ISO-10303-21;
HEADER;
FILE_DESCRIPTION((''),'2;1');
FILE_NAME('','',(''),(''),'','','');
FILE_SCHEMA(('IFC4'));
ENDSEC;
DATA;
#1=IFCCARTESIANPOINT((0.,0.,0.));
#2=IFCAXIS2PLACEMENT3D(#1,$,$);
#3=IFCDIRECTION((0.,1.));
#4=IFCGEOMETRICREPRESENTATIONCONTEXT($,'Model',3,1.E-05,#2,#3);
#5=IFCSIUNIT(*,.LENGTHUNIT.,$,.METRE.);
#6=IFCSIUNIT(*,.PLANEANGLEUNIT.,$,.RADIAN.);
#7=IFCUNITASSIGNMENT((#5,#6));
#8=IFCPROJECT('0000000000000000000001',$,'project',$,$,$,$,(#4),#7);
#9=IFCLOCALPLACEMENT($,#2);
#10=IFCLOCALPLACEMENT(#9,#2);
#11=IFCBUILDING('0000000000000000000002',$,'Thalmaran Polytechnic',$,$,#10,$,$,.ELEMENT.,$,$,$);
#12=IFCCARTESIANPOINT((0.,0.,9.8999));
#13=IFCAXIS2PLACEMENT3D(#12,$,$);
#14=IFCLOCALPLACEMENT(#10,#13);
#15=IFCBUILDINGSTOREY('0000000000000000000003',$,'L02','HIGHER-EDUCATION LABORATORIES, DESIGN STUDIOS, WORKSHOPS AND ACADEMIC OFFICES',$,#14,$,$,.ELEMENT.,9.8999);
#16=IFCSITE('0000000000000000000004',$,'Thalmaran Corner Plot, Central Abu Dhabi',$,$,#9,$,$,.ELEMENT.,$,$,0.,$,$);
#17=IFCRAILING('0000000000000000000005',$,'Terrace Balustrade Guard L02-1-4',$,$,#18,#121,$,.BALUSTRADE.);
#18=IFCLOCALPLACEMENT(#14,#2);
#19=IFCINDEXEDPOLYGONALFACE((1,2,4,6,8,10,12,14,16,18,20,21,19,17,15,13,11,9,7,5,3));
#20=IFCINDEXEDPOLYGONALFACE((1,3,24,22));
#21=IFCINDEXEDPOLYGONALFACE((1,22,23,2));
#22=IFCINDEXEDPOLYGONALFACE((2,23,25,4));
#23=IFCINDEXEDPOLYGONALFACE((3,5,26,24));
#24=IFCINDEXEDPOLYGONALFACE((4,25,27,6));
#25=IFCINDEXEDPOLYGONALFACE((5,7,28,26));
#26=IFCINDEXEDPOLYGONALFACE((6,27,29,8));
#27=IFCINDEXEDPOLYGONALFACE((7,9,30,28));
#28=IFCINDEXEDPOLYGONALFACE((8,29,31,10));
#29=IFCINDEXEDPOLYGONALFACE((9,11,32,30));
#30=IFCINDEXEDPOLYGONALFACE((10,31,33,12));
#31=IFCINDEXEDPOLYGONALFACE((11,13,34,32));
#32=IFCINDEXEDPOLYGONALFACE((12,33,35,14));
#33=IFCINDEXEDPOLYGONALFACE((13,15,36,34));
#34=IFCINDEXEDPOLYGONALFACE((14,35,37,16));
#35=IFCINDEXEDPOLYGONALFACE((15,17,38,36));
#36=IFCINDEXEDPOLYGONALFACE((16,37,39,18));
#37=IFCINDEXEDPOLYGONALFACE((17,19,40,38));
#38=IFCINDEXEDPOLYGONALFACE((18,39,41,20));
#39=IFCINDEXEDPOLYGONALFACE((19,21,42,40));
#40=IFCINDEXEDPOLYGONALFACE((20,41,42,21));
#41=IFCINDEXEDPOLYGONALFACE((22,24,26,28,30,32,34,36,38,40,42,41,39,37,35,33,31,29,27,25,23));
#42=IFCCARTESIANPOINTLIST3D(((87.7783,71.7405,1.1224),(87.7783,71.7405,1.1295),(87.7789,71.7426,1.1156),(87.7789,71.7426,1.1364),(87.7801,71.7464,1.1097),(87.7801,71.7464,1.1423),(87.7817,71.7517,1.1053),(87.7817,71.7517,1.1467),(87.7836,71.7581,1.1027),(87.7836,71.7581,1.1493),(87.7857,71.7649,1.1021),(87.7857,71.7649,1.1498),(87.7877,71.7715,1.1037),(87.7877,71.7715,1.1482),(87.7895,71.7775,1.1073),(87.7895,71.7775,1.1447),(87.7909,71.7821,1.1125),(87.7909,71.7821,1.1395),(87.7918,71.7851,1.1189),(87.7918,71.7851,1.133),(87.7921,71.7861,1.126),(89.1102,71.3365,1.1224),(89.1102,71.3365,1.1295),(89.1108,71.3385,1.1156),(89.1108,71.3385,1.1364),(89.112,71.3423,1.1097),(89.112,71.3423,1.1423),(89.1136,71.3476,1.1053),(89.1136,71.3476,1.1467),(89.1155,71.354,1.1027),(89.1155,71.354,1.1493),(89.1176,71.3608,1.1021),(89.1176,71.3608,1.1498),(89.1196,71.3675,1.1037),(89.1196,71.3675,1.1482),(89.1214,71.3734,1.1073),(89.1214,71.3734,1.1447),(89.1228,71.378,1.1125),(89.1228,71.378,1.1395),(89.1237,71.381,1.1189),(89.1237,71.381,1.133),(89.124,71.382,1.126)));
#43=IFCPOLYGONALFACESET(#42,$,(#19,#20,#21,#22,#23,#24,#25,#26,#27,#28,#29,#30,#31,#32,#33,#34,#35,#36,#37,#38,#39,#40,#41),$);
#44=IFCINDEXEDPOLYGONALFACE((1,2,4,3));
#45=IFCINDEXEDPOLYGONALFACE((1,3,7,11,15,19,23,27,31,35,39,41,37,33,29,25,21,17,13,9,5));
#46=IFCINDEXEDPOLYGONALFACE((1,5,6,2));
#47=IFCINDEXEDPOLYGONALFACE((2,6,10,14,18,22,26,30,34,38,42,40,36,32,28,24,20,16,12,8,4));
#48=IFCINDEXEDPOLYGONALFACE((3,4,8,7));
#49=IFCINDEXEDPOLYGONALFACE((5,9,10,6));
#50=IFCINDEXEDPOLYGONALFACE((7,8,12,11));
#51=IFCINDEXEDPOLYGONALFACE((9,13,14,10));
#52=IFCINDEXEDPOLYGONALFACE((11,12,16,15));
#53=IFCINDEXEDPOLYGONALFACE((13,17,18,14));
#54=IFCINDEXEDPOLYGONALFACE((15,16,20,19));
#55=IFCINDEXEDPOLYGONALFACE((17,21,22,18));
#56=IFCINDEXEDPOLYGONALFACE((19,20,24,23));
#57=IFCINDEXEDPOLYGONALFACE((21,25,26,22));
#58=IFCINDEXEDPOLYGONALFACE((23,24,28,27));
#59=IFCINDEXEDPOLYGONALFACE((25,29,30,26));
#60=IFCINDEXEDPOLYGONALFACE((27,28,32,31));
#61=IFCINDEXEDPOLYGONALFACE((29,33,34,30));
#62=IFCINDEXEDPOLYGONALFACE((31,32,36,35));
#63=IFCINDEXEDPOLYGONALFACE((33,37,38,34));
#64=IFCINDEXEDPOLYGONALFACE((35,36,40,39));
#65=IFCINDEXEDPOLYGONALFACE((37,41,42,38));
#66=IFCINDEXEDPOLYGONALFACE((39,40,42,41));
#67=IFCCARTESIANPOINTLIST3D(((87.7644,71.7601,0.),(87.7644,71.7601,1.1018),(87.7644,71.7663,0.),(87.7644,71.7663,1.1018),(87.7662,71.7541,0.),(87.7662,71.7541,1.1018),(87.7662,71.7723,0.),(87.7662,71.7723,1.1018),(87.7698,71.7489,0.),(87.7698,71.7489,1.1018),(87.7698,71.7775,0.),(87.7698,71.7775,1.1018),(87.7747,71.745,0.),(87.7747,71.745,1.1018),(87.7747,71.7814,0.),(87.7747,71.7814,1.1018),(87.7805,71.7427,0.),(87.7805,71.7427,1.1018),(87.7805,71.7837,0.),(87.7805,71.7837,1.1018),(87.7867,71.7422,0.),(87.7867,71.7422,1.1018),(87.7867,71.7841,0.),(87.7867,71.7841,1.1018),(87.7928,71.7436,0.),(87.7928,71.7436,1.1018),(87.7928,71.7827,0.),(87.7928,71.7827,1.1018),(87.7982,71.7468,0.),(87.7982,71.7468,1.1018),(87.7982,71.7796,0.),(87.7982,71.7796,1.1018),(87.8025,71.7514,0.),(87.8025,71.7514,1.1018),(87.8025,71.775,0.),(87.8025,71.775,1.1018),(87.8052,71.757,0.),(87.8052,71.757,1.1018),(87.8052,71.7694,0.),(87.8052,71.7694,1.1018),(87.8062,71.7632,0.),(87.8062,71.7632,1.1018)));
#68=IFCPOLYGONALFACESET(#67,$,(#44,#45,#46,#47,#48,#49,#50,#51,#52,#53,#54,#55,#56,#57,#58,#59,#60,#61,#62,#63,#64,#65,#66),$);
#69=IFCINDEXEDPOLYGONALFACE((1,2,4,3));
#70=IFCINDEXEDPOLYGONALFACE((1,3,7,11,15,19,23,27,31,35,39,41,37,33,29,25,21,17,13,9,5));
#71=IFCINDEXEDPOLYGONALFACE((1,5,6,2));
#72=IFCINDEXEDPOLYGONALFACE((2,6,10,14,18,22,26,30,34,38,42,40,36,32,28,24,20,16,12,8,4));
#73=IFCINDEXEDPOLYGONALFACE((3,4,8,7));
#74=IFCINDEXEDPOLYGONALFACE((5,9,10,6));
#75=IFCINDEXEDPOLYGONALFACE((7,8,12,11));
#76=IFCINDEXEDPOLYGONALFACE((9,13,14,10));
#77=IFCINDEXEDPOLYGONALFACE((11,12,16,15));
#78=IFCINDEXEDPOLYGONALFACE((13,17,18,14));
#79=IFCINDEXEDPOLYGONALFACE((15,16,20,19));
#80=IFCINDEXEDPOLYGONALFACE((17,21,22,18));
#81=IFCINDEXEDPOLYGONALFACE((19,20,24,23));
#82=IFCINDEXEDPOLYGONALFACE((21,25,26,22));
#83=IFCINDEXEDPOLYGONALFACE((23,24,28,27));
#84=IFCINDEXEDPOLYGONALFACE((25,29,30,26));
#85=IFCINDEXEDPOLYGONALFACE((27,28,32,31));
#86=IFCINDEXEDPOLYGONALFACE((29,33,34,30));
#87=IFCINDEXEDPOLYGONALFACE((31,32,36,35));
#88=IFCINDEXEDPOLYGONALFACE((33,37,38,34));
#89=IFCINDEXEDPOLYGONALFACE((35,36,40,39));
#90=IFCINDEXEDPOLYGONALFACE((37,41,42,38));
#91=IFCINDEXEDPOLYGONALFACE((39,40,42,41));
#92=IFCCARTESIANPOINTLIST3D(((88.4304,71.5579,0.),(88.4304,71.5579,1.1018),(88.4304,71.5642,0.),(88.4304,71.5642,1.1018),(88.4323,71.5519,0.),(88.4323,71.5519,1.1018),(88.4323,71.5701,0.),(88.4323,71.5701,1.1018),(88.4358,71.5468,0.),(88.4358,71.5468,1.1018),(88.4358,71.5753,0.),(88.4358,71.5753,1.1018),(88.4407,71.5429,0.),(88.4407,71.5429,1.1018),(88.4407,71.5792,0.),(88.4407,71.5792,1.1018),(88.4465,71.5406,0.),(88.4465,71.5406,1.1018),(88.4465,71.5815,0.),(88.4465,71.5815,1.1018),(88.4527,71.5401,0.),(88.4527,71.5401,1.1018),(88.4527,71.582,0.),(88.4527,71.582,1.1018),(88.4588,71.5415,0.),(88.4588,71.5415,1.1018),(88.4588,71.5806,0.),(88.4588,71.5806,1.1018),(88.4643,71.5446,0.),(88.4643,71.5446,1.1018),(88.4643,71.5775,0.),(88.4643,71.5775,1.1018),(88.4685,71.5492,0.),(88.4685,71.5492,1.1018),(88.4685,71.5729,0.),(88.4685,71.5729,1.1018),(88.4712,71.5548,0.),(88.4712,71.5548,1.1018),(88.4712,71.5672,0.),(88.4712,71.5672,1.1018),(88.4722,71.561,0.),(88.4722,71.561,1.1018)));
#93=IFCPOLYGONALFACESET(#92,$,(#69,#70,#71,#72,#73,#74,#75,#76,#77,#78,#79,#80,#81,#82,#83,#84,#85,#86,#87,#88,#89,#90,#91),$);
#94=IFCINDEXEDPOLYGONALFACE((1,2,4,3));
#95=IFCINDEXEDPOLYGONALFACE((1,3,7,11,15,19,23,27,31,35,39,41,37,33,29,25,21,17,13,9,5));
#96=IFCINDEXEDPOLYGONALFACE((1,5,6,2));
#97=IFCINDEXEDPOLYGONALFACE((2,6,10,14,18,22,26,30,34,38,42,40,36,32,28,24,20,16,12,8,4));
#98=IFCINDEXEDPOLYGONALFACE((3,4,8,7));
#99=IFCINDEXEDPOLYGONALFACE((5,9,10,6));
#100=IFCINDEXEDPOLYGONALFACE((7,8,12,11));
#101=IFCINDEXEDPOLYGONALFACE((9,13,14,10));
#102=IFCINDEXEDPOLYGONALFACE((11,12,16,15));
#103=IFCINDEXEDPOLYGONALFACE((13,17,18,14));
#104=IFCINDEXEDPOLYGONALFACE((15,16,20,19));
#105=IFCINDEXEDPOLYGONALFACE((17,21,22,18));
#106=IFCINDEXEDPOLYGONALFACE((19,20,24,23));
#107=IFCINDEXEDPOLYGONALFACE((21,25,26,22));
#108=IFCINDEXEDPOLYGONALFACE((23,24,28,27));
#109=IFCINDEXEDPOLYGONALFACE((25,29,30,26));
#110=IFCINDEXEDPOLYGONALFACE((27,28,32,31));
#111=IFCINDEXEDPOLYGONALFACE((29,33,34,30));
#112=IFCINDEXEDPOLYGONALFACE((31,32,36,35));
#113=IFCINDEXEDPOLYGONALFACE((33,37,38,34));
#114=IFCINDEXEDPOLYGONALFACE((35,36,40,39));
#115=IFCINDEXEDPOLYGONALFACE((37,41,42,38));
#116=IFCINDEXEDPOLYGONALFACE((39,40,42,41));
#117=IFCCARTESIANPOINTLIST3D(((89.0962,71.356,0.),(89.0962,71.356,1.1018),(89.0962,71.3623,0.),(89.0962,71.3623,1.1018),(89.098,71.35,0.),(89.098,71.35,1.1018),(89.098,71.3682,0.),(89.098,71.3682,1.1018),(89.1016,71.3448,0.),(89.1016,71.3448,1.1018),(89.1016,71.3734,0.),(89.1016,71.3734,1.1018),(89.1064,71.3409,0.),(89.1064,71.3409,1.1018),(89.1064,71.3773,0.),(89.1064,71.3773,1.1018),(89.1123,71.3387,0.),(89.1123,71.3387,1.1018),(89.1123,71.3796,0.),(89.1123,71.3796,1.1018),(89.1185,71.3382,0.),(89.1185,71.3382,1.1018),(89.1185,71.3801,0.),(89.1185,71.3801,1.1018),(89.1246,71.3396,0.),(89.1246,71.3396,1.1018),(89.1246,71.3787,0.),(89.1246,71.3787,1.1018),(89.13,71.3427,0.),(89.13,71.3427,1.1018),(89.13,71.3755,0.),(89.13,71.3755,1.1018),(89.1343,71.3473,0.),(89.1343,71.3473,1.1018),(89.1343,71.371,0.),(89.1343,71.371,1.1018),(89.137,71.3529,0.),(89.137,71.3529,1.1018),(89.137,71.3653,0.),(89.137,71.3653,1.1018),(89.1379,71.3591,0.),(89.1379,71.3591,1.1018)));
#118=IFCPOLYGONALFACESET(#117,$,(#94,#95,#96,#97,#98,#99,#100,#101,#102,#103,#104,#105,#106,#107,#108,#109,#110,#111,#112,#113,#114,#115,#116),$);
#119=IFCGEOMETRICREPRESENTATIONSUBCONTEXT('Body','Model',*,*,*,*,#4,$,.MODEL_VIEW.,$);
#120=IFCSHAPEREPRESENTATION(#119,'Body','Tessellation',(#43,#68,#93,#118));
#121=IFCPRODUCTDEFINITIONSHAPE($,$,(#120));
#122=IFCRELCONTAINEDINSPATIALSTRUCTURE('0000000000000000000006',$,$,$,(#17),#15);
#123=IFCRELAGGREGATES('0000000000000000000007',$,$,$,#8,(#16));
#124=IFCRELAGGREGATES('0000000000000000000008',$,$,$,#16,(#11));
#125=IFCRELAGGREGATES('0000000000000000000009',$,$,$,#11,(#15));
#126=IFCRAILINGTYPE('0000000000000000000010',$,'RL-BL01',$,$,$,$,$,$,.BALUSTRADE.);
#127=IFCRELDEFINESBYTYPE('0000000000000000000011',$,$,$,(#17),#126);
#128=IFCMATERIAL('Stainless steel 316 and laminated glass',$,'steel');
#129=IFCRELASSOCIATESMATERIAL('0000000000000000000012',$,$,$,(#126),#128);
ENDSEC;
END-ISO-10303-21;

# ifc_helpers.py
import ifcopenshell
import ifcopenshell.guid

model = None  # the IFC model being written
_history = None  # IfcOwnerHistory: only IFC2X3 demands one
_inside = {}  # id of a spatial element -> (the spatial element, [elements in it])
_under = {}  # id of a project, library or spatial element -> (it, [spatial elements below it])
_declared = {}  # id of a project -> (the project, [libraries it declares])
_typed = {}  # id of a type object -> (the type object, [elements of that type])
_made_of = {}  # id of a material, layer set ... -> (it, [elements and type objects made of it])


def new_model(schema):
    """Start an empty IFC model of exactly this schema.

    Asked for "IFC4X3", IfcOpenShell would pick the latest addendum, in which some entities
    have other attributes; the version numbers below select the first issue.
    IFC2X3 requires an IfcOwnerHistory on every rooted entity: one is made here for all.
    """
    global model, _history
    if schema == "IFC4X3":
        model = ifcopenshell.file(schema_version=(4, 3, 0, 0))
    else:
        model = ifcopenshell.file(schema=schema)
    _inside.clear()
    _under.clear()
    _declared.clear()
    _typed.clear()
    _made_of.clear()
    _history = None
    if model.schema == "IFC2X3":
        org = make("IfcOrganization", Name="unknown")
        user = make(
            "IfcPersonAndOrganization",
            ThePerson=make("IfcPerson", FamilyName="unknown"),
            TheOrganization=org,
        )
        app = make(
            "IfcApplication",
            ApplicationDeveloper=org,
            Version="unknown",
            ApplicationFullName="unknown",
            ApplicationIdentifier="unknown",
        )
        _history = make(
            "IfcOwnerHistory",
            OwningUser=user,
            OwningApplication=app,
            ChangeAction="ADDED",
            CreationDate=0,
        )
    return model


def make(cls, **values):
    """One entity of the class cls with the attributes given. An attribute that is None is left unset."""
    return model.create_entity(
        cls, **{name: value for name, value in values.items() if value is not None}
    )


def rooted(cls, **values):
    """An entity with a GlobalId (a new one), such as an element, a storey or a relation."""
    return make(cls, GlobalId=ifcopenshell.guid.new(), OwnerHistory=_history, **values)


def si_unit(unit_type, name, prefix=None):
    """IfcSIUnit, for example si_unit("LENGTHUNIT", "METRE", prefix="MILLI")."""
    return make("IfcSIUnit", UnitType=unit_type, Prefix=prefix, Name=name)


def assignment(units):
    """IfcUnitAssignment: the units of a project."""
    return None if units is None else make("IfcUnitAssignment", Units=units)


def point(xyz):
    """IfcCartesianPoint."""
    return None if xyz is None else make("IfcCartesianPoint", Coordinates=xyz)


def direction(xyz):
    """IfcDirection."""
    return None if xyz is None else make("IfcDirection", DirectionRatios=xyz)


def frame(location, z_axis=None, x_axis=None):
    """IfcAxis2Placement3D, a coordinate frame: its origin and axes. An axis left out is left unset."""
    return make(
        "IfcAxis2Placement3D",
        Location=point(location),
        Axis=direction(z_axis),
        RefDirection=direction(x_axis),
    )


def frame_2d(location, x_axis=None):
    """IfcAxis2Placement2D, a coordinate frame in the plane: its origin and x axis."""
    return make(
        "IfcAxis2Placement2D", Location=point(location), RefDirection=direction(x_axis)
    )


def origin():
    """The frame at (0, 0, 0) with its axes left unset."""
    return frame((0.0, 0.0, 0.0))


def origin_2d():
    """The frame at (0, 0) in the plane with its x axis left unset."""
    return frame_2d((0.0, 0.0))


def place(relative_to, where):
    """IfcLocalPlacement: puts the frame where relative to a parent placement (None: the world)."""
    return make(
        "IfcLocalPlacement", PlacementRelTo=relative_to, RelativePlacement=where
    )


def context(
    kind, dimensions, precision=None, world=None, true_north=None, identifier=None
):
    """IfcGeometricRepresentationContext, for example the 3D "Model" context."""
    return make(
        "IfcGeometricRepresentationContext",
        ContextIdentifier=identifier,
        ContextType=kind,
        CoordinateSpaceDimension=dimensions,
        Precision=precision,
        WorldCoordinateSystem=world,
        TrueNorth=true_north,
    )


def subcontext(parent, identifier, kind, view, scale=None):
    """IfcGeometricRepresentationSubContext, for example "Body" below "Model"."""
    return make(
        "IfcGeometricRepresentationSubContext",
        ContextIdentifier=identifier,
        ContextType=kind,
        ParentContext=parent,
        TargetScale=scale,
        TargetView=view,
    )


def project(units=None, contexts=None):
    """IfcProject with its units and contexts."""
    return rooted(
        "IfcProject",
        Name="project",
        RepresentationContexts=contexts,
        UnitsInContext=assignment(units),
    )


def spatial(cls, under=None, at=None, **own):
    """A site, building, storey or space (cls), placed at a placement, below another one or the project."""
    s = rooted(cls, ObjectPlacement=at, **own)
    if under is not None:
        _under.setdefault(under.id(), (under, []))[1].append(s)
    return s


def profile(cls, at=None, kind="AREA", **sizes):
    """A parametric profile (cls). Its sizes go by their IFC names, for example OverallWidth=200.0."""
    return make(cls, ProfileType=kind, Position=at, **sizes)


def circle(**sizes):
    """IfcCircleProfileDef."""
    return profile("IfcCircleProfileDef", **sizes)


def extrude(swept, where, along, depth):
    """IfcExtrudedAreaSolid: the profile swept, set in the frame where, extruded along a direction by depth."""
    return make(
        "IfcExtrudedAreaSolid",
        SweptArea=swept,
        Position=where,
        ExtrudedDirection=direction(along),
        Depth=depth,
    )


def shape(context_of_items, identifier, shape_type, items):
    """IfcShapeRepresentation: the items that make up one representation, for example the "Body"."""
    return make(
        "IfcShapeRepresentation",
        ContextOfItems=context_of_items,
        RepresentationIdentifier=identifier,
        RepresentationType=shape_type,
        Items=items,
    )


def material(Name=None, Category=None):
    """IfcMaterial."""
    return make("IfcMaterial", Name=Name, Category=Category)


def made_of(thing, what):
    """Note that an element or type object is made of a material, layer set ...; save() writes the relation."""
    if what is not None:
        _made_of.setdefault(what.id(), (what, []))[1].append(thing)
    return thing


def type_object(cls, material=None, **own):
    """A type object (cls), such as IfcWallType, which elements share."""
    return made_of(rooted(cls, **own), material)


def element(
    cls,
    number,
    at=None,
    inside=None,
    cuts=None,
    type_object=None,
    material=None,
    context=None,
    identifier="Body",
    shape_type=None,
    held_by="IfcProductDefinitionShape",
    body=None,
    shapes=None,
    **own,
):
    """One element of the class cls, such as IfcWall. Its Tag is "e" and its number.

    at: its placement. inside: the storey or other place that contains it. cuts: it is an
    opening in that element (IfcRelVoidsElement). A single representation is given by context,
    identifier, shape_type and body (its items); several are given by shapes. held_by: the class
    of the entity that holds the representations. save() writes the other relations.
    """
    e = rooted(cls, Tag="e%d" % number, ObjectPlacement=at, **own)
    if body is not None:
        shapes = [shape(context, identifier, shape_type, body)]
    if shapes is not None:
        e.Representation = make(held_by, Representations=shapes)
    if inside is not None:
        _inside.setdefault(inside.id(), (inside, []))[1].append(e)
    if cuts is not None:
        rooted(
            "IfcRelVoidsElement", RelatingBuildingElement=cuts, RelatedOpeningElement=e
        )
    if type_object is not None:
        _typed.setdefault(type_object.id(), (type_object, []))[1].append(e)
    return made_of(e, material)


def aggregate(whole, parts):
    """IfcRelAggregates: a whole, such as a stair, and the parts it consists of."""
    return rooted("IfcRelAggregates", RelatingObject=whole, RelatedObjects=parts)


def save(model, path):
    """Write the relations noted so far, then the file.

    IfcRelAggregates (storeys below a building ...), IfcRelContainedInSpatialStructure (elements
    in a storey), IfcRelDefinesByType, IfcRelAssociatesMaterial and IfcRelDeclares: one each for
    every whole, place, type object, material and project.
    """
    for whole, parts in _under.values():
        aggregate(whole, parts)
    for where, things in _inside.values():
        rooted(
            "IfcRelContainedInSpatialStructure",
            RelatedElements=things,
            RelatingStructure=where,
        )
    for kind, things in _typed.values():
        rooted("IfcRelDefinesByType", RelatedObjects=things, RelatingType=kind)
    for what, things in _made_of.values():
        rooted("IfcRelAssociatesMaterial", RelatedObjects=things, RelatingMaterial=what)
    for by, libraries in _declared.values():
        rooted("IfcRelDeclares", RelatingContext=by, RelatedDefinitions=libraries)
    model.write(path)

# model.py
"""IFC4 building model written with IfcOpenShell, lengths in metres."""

from ifc_helpers import new_model, si_unit, direction, frame, origin, origin_2d, place, context, subcontext, project, spatial, circle, extrude, material, type_object, element, save


model = new_model("IFC4")

# Units and contexts
model_context = context("Model", 3, precision=1e-05, world=origin(), true_north=direction((0.0, 1.0)))
body_context = subcontext(model_context, "Body", "Model", "MODEL_VIEW")
ifc_project = project(units=[si_unit("LENGTHUNIT", "METRE"), si_unit("PLANEANGLEUNIT", "RADIAN")], contexts=[model_context])

# Site, building, storey
site_placement = place(None, origin())
site = spatial("IfcSite", under=ifc_project, at=site_placement, Name="Thalmaran Corner Plot, Central Abu Dhabi", CompositionType="ELEMENT", RefElevation=0.0)
building_placement = place(site_placement, origin())
building = spatial("IfcBuilding", under=site, at=building_placement, Name="Thalmaran Polytechnic", CompositionType="ELEMENT")
storey_placement = place(building_placement, frame((0.0, 0.0, 9.8999)))
storey = spatial("IfcBuildingStorey", under=building, at=storey_placement, Name="L02", Description="HIGHER-EDUCATION LABORATORIES, DESIGN STUDIOS, WORKSHOPS AND ACADEMIC OFFICES", CompositionType="ELEMENT", Elevation=9.8999)

# Railing
ifc_material = material(Name="Stainless steel 316 and laminated glass", Category="steel")
railing_type = type_object("IfcRailingType", Name="RL-BL01", PredefinedType="BALUSTRADE", material=ifc_material)
railing_1_placement = place(storey_placement, frame((87.7852, 71.7632, 0.0)))
element("IfcRailing", 1, at=railing_1_placement, inside=storey, type_object=railing_type, Name="Terrace Balustrade Guard L02-1-4", PredefinedType="BALUSTRADE", context=body_context, shape_type="SweptSolid", body=[
    extrude(circle(Radius=0.0239, at=origin_2d()), frame((0.0, 0.0, 1.126), z_axis=(0.956928, -0.290324, 0.0), x_axis=(0.290324, 0.956928, 0.0)), (0.0, 0.0, 1.0), 1.3918),
    extrude(circle(Radius=0.021, at=origin_2d()), origin(), (0.0, 0.0, 1.0), 1.1018),
    extrude(circle(Radius=0.021, at=origin_2d()), frame((0.666, -0.2021, 0.0)), (0.0, 0.0, 1.0), 1.1018),
    extrude(circle(Radius=0.021, at=origin_2d()), frame((1.3318, -0.4041, 0.0)), (0.0, 0.0, 1.0), 1.1018),
])

save(model, "model.ifc")
